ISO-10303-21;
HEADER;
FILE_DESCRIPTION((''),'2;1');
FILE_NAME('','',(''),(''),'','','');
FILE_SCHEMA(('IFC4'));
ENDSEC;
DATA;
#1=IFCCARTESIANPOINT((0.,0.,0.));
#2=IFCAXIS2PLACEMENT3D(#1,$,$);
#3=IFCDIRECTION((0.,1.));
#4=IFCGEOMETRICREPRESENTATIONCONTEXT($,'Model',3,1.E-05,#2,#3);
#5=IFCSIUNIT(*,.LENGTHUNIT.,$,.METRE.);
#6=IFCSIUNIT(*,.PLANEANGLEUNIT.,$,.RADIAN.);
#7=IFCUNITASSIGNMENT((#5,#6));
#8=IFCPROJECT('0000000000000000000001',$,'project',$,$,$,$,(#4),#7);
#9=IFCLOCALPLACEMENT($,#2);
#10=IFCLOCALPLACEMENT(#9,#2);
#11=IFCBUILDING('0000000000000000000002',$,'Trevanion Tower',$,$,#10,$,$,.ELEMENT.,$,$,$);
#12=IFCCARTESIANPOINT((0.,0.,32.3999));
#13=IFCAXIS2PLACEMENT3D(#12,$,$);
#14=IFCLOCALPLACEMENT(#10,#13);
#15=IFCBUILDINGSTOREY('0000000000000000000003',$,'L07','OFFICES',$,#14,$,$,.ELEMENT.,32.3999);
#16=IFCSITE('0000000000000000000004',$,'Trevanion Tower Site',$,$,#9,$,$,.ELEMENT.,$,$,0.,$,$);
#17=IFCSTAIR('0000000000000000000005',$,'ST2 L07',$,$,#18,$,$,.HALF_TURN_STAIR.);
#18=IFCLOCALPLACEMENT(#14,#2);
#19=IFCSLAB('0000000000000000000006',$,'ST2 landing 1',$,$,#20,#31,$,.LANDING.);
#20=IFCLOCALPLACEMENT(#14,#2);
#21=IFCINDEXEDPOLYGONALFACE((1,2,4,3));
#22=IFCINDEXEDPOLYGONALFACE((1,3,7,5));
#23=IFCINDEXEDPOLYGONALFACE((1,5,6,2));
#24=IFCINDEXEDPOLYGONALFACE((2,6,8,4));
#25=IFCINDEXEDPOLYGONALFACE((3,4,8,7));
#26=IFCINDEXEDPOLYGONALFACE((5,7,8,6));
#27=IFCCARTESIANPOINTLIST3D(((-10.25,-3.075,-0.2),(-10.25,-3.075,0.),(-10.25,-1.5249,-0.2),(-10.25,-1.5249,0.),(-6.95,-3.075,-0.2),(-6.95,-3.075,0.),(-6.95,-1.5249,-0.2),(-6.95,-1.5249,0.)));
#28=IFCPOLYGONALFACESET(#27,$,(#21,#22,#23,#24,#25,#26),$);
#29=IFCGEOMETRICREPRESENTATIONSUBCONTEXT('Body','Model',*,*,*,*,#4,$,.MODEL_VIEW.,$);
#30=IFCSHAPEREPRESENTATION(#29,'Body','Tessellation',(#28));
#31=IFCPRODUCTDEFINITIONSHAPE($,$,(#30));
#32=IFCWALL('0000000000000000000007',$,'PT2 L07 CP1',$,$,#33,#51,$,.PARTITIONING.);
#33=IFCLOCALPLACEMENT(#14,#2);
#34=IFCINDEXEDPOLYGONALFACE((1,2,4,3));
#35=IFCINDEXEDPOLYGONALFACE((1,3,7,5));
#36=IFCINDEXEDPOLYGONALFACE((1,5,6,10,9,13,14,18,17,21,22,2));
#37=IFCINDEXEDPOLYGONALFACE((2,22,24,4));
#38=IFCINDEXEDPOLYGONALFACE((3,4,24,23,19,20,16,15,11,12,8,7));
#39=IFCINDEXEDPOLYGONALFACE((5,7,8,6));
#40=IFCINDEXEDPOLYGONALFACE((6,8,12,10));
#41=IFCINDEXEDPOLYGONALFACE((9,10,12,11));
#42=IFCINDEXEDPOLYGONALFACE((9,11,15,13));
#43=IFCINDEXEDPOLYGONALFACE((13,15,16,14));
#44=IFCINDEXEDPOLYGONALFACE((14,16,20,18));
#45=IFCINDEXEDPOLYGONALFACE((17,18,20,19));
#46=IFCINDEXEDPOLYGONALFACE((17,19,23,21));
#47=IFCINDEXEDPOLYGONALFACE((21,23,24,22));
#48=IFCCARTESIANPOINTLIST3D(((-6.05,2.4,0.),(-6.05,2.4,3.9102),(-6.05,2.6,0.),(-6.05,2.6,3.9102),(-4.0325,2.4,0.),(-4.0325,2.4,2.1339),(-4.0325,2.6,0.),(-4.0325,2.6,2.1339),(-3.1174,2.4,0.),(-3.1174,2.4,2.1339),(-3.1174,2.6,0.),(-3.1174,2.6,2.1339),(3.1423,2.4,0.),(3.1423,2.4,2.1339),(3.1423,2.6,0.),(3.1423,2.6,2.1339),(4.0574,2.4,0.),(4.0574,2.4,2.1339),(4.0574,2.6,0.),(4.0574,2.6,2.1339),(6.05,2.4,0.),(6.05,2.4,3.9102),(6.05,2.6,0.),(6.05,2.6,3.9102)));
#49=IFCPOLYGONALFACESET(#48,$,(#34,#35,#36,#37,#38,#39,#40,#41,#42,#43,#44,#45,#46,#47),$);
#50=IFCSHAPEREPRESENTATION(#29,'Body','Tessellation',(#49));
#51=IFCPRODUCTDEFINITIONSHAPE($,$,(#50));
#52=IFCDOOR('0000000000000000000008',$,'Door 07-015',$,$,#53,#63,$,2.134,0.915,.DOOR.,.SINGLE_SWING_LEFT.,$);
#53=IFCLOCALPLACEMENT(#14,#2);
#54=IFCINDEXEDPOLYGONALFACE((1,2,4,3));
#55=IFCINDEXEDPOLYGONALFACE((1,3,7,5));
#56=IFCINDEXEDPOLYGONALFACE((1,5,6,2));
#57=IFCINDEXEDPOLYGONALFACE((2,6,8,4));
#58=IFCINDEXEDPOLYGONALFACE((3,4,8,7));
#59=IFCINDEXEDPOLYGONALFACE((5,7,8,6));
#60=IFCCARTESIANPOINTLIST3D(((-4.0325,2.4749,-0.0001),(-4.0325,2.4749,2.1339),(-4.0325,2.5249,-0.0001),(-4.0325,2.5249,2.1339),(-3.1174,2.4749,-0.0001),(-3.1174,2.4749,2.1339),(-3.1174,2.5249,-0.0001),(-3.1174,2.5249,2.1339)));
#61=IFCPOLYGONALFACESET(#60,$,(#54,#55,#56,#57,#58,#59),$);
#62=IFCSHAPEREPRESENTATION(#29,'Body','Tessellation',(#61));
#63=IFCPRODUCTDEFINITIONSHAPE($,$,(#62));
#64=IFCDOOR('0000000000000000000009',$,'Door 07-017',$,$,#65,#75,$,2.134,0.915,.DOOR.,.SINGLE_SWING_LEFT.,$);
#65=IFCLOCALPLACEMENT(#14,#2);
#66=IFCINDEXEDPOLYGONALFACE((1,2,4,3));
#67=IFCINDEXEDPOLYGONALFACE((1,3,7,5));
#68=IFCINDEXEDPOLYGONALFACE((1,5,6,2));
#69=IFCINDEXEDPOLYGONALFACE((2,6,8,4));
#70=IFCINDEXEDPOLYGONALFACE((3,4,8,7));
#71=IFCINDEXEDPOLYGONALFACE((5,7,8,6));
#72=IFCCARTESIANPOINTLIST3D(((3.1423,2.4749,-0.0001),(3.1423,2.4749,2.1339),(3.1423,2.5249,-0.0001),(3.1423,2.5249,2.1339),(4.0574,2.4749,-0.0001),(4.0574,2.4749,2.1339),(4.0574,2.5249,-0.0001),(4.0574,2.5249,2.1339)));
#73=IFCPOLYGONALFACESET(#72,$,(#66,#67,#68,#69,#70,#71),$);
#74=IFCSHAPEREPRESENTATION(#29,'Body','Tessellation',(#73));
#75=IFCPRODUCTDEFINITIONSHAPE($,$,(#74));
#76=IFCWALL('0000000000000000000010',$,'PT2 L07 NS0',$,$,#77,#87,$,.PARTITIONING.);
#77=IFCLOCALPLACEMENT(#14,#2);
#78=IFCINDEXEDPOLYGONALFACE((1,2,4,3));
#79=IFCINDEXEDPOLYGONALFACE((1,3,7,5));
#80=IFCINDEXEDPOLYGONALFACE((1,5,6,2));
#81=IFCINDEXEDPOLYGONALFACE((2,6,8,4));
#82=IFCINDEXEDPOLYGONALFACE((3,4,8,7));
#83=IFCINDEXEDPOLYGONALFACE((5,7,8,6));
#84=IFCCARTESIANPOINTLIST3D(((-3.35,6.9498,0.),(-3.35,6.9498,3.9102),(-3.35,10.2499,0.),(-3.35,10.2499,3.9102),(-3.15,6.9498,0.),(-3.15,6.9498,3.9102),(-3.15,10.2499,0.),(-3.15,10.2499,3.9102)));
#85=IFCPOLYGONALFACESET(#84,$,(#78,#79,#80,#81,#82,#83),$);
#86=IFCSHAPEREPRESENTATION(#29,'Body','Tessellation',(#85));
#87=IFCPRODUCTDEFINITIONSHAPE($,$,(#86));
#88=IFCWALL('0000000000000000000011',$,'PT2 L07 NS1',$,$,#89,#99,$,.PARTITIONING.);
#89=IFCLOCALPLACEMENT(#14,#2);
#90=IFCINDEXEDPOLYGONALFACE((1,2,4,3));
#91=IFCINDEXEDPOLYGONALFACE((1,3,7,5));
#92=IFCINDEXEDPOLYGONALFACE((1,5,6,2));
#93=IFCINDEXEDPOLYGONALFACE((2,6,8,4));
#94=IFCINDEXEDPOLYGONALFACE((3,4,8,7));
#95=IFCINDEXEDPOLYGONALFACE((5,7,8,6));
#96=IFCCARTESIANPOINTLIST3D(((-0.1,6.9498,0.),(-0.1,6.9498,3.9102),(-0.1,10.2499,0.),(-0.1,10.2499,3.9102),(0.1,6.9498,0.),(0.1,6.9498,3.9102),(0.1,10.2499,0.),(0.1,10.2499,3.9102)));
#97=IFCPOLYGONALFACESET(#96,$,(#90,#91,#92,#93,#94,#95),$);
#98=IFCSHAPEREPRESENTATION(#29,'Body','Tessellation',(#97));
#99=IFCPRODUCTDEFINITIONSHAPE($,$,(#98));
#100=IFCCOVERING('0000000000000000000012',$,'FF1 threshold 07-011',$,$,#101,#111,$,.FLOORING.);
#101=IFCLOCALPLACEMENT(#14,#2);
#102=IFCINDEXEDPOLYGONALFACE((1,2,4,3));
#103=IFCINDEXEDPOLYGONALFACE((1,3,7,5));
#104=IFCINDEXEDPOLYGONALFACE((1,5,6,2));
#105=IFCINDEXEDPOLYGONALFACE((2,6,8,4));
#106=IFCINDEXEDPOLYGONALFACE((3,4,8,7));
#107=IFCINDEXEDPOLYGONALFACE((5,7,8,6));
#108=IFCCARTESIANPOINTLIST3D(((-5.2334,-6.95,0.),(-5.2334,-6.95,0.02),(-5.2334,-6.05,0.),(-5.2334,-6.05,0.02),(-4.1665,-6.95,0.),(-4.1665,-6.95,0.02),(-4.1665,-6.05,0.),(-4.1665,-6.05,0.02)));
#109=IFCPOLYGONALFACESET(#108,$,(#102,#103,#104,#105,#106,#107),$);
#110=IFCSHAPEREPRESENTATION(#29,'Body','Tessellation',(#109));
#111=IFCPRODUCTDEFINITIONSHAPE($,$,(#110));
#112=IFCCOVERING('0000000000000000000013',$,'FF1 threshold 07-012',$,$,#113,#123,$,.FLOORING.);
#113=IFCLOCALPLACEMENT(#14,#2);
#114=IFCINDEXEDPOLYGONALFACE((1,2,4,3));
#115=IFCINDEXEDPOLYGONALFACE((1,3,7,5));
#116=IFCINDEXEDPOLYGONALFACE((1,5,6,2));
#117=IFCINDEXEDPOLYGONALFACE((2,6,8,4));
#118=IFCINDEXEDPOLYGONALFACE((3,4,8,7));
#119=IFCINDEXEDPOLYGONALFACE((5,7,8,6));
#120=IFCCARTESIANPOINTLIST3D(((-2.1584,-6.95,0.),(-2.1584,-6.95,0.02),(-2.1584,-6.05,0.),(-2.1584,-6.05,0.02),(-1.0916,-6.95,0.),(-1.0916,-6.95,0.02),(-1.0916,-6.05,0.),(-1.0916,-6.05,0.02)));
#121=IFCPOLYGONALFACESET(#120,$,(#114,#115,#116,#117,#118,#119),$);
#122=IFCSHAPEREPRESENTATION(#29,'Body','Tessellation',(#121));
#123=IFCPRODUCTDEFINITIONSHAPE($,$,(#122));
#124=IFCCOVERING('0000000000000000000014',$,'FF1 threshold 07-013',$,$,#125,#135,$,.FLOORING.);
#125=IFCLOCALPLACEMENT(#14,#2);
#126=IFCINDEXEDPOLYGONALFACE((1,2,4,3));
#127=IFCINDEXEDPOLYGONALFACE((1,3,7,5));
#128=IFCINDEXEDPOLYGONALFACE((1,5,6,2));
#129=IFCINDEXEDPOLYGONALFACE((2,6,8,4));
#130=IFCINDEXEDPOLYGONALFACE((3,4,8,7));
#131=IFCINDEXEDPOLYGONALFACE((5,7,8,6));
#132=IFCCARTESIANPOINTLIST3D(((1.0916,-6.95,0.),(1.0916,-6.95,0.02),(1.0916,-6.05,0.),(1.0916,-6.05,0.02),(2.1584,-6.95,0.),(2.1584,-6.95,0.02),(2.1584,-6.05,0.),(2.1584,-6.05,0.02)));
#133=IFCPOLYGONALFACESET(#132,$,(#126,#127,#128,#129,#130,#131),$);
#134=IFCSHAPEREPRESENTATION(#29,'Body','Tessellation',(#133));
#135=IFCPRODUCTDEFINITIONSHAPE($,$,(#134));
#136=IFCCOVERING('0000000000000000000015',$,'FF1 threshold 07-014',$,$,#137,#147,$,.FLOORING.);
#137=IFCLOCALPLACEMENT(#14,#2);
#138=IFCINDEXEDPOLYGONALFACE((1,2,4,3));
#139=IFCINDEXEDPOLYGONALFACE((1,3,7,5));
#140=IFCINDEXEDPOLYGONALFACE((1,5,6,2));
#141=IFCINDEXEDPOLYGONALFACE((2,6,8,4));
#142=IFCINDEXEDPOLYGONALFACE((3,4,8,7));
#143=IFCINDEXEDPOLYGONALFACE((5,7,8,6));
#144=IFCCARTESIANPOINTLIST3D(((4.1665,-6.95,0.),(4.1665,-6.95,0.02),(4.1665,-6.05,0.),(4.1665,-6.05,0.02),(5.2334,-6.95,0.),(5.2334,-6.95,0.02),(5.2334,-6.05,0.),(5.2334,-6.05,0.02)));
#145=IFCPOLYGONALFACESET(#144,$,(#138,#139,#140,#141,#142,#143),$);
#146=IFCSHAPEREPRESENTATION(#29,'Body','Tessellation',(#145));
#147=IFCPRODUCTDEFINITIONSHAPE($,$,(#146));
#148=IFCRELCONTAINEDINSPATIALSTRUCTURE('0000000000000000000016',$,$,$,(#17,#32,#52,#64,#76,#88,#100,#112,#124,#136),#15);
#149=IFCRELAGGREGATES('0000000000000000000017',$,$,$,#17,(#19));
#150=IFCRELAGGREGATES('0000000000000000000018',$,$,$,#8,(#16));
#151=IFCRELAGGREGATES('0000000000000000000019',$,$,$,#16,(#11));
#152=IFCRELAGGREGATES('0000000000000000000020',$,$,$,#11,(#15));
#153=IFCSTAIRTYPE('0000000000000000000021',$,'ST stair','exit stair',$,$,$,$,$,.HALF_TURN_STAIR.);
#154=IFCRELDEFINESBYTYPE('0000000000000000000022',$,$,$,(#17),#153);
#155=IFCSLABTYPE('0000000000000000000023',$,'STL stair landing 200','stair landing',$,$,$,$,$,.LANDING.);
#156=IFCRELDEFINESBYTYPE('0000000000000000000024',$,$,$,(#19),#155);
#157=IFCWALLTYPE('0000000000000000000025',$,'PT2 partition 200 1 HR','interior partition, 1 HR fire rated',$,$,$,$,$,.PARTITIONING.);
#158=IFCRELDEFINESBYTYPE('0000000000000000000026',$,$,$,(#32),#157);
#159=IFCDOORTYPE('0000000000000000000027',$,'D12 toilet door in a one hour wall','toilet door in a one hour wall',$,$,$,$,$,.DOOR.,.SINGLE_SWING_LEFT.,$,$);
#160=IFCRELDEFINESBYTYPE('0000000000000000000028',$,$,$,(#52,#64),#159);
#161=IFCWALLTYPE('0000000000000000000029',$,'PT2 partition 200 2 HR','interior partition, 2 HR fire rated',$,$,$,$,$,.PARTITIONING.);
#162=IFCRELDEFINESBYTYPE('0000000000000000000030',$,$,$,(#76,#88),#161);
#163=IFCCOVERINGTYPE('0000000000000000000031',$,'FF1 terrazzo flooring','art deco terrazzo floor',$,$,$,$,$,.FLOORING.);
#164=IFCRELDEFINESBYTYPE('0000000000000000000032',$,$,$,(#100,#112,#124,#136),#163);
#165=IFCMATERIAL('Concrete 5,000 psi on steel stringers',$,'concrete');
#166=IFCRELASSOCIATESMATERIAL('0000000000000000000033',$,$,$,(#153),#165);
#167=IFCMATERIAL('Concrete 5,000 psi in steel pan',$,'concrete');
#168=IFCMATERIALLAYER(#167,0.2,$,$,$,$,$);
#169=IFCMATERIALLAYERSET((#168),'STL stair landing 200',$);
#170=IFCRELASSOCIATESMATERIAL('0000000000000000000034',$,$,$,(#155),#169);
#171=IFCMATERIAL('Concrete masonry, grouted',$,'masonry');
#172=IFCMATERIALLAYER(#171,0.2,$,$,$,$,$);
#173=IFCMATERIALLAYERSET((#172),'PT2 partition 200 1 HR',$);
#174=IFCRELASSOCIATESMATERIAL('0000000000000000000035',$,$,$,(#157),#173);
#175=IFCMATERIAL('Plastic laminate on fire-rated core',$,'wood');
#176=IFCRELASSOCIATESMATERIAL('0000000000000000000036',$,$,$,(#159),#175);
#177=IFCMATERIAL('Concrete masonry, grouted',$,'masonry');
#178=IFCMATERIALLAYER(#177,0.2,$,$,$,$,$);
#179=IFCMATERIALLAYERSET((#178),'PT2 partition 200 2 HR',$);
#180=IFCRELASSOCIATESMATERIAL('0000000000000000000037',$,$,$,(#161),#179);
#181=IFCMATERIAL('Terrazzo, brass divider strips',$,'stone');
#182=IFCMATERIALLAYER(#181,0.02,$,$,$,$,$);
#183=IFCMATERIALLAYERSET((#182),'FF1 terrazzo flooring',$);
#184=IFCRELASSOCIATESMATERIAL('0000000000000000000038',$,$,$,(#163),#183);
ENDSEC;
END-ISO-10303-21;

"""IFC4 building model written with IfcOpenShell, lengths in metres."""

from ifc_helpers import new_model, si_unit, direction, frame, frame_2d, origin, place, context, subcontext, project, spatial, polyline, rectangle, outline, extrude, material, layer, layer_set, type_object, element, fill, aggregate, save


model = new_model("IFC4")

# Units and contexts
model_context = context("Model", 3, precision=1e-05, world=origin(), true_north=direction((0.0, 1.0)))
body_context = subcontext(model_context, "Body", "Model", "MODEL_VIEW")
ifc_project = project(units=[si_unit("LENGTHUNIT", "METRE"), si_unit("PLANEANGLEUNIT", "RADIAN")], contexts=[model_context])

# Site, building, storey
site_placement = place(None, origin())
site = spatial("IfcSite", under=ifc_project, at=site_placement, Name="Trevanion Tower Site", CompositionType="ELEMENT", RefElevation=0.0)
building_placement = place(site_placement, origin())
building = spatial("IfcBuilding", under=site, at=building_placement, Name="Trevanion Tower", CompositionType="ELEMENT")
storey_placement = place(building_placement, frame((0.0, 0.0, 32.3999)))
storey = spatial("IfcBuildingStorey", under=building, at=storey_placement, Name="L07", Description="OFFICES", CompositionType="ELEMENT", Elevation=32.3999)

# Shared definitions
ifc_material_1 = material(Name="Concrete 5,000 psi on steel stringers", Category="concrete")
stair_type = type_object("IfcStairType", Name="ST stair", Description="exit stair", PredefinedType="HALF_TURN_STAIR", material=ifc_material_1)
ifc_material_2 = material(Name="Concrete 5,000 psi in steel pan", Category="concrete")
ifc_layer_1 = layer(ifc_material_2, 0.2)
ifc_layer_set_1 = layer_set([ifc_layer_1], Name="STL stair landing 200")
slab_type_1 = type_object("IfcSlabType", Name="STL stair landing 200", Description="stair landing", PredefinedType="LANDING", material=ifc_layer_set_1)

# Stair, slab
stair_1_placement = place(storey_placement, origin())
stair_1 = element("IfcStair", 1, at=stair_1_placement, inside=storey, type_object=stair_type, Name="ST2 L07", PredefinedType="HALF_TURN_STAIR")
slab_1_placement = place(storey_placement, frame((0.0, 0.0, -0.2)))
slab_1 = element("IfcSlab", 2, at=slab_1_placement, type_object=slab_type_1, Name="ST2 landing 1", PredefinedType="LANDING", context=body_context, shape_type="SweptSolid", body=[
    extrude(outline(polyline([(-6.95, -1.5249), (-10.25, -1.5249), (-10.25, -3.075), (-6.95, -3.075), (-6.95, -1.5249)])), origin(), (0.0, 0.0, 1.0), 0.2),
])
aggregate(stair_1, [slab_1])

# Wall, openings, doors
ifc_material_3 = material(Name="Concrete masonry, grouted", Category="masonry")
ifc_layer_2 = layer(ifc_material_3, 0.2)
ifc_layer_set_2 = layer_set([ifc_layer_2], Name="PT2 partition 200 1 HR")
wall_type_1 = type_object("IfcWallType", Name="PT2 partition 200 1 HR", Description="interior partition, 1 HR fire rated", PredefinedType="PARTITIONING", material=ifc_layer_set_2)
wall_placement = place(storey_placement, frame((-6.05, 2.5, 0.0), z_axis=(0.0, 0.0, 1.0), x_axis=(1.0, 0.0, 0.0)))
wall = element("IfcWall", 3, at=wall_placement, inside=storey, type_object=wall_type_1, Name="PT2 L07 CP1", PredefinedType="PARTITIONING", context=body_context, shape_type="SweptSolid", body=[
    extrude(rectangle(XDim=12.1001, YDim=0.2, at=frame_2d((6.05, 0.0))), origin(), (0.0, 0.0, 1.0), 3.9102),
])
opening_1_placement = place(wall_placement, frame((2.0176, 0.0, 0.0)))
opening_1 = element("IfcOpeningElement", 4, at=opening_1_placement, cuts=wall, PredefinedType="OPENING", context=body_context, shape_type="SweptSolid", body=[
    extrude(rectangle(XDim=0.915, YDim=2.134, at=frame_2d((0.4575, 1.0669))), frame((0.0, 0.1099, 0.0), z_axis=(0.0, -1.0, 0.0), x_axis=(1.0, 0.0, 0.0)), (0.0, 0.0, 1.0), 0.22),
])
opening_2_placement = place(wall_placement, frame((9.1924, 0.0, 0.0)))
opening_2 = element("IfcOpeningElement", 5, at=opening_2_placement, cuts=wall, PredefinedType="OPENING", context=body_context, shape_type="SweptSolid", body=[
    extrude(rectangle(XDim=0.915, YDim=2.134, at=frame_2d((0.4575, 1.0669))), frame((0.0, 0.1099, 0.0), z_axis=(0.0, -1.0, 0.0), x_axis=(1.0, 0.0, 0.0)), (0.0, 0.0, 1.0), 0.22),
])
ifc_material_4 = material(Name="Plastic laminate on fire-rated core", Category="wood")
door_type = type_object("IfcDoorType", Name="D12 toilet door in a one hour wall", Description="toilet door in a one hour wall", OperationType="SINGLE_SWING_LEFT", PredefinedType="DOOR", material=ifc_material_4)
door_1_placement = place(opening_1_placement, origin())
door_1 = element("IfcDoor", 6, at=door_1_placement, inside=storey, type_object=door_type, Name="Door 07-015", OperationType="SINGLE_SWING_LEFT", OverallHeight=2.134, OverallWidth=0.915, PredefinedType="DOOR", context=body_context, shape_type="SweptSolid", body=[
    extrude(rectangle(XDim=0.915, YDim=2.134, at=frame_2d((0.4575, 1.0669))), frame((0.0, 0.0249, 0.0), z_axis=(0.0, -1.0, 0.0), x_axis=(1.0, 0.0, 0.0)), (0.0, 0.0, 1.0), 0.05),
])
fill(opening_1, door_1)
door_2_placement = place(opening_2_placement, origin())
door_2 = element("IfcDoor", 7, at=door_2_placement, inside=storey, type_object=door_type, Name="Door 07-017", OperationType="SINGLE_SWING_LEFT", OverallHeight=2.134, OverallWidth=0.915, PredefinedType="DOOR", context=body_context, shape_type="SweptSolid", body=[
    extrude(rectangle(XDim=0.915, YDim=2.134, at=frame_2d((0.4575, 1.0669))), frame((0.0, 0.0249, 0.0), z_axis=(0.0, -1.0, 0.0), x_axis=(1.0, 0.0, 0.0)), (0.0, 0.0, 1.0), 0.05),
])
fill(opening_2, door_2)

# Walls
ifc_material_5 = material(Name="Concrete masonry, grouted", Category="masonry")
ifc_layer_3 = layer(ifc_material_5, 0.2)
ifc_layer_set_3 = layer_set([ifc_layer_3], Name="PT2 partition 200 2 HR")
wall_type_2 = type_object("IfcWallType", Name="PT2 partition 200 2 HR", Description="interior partition, 2 HR fire rated", PredefinedType="PARTITIONING", material=ifc_layer_set_3)
for number, where, z_axis, x_axis, name in (
    (8, (-3.25, 6.95, 0.0), (0.0, 0.0, 1.0), (0.0, 1.0, 0.0), "PT2 L07 NS0"),
    (9, (0.0, 6.95, 0.0), (0.0, 0.0, 1.0), (0.0, 1.0, 0.0), "PT2 L07 NS1"),
):
    element("IfcWall", number, at=place(storey_placement, frame(where, z_axis=z_axis, x_axis=x_axis)), inside=storey, type_object=wall_type_2, Name=name, PredefinedType="PARTITIONING", context=body_context, shape_type="SweptSolid", body=[
        extrude(rectangle(XDim=3.3, YDim=0.2, at=frame_2d((1.6499, 0.0))), origin(), (0.0, 0.0, 1.0), 3.9102),
    ])

# Coverings
ifc_material_6 = material(Name="Terrazzo, brass divider strips", Category="stone")
ifc_layer_4 = layer(ifc_material_6, 0.02)
ifc_layer_set_4 = layer_set([ifc_layer_4], Name="FF1 terrazzo flooring")
covering_type = type_object("IfcCoveringType", Name="FF1 terrazzo flooring", Description="art deco terrazzo floor", PredefinedType="FLOORING", material=ifc_layer_set_4)
covering_1_placement = place(storey_placement, origin())
element("IfcCovering", 10, at=covering_1_placement, inside=storey, type_object=covering_type, Name="FF1 threshold 07-011", PredefinedType="FLOORING", context=body_context, shape_type="SweptSolid", body=[
    extrude(outline(polyline([(-5.2334, -6.95), (-4.1665, -6.95), (-4.1665, -6.05), (-5.2334, -6.05), (-5.2334, -6.95)])), origin(), (0.0, 0.0, 1.0), 0.02),
])
covering_2_placement = place(storey_placement, origin())
element("IfcCovering", 11, at=covering_2_placement, inside=storey, type_object=covering_type, Name="FF1 threshold 07-012", PredefinedType="FLOORING", context=body_context, shape_type="SweptSolid", body=[
    extrude(outline(polyline([(-2.1584, -6.95), (-1.0916, -6.95), (-1.0916, -6.05), (-2.1584, -6.05), (-2.1584, -6.95)])), origin(), (0.0, 0.0, 1.0), 0.02),
])
covering_3_placement = place(storey_placement, origin())
element("IfcCovering", 12, at=covering_3_placement, inside=storey, type_object=covering_type, Name="FF1 threshold 07-013", PredefinedType="FLOORING", context=body_context, shape_type="SweptSolid", body=[
    extrude(outline(polyline([(1.0916, -6.95), (2.1584, -6.95), (2.1584, -6.05), (1.0916, -6.05), (1.0916, -6.95)])), origin(), (0.0, 0.0, 1.0), 0.02),
])
covering_4_placement = place(storey_placement, origin())
element("IfcCovering", 13, at=covering_4_placement, inside=storey, type_object=covering_type, Name="FF1 threshold 07-014", PredefinedType="FLOORING", context=body_context, shape_type="SweptSolid", body=[
    extrude(outline(polyline([(4.1665, -6.95), (5.2334, -6.95), (5.2334, -6.05), (4.1665, -6.05), (4.1665, -6.95)])), origin(), (0.0, 0.0, 1.0), 0.02),
])

save(model, "model.ifc")
